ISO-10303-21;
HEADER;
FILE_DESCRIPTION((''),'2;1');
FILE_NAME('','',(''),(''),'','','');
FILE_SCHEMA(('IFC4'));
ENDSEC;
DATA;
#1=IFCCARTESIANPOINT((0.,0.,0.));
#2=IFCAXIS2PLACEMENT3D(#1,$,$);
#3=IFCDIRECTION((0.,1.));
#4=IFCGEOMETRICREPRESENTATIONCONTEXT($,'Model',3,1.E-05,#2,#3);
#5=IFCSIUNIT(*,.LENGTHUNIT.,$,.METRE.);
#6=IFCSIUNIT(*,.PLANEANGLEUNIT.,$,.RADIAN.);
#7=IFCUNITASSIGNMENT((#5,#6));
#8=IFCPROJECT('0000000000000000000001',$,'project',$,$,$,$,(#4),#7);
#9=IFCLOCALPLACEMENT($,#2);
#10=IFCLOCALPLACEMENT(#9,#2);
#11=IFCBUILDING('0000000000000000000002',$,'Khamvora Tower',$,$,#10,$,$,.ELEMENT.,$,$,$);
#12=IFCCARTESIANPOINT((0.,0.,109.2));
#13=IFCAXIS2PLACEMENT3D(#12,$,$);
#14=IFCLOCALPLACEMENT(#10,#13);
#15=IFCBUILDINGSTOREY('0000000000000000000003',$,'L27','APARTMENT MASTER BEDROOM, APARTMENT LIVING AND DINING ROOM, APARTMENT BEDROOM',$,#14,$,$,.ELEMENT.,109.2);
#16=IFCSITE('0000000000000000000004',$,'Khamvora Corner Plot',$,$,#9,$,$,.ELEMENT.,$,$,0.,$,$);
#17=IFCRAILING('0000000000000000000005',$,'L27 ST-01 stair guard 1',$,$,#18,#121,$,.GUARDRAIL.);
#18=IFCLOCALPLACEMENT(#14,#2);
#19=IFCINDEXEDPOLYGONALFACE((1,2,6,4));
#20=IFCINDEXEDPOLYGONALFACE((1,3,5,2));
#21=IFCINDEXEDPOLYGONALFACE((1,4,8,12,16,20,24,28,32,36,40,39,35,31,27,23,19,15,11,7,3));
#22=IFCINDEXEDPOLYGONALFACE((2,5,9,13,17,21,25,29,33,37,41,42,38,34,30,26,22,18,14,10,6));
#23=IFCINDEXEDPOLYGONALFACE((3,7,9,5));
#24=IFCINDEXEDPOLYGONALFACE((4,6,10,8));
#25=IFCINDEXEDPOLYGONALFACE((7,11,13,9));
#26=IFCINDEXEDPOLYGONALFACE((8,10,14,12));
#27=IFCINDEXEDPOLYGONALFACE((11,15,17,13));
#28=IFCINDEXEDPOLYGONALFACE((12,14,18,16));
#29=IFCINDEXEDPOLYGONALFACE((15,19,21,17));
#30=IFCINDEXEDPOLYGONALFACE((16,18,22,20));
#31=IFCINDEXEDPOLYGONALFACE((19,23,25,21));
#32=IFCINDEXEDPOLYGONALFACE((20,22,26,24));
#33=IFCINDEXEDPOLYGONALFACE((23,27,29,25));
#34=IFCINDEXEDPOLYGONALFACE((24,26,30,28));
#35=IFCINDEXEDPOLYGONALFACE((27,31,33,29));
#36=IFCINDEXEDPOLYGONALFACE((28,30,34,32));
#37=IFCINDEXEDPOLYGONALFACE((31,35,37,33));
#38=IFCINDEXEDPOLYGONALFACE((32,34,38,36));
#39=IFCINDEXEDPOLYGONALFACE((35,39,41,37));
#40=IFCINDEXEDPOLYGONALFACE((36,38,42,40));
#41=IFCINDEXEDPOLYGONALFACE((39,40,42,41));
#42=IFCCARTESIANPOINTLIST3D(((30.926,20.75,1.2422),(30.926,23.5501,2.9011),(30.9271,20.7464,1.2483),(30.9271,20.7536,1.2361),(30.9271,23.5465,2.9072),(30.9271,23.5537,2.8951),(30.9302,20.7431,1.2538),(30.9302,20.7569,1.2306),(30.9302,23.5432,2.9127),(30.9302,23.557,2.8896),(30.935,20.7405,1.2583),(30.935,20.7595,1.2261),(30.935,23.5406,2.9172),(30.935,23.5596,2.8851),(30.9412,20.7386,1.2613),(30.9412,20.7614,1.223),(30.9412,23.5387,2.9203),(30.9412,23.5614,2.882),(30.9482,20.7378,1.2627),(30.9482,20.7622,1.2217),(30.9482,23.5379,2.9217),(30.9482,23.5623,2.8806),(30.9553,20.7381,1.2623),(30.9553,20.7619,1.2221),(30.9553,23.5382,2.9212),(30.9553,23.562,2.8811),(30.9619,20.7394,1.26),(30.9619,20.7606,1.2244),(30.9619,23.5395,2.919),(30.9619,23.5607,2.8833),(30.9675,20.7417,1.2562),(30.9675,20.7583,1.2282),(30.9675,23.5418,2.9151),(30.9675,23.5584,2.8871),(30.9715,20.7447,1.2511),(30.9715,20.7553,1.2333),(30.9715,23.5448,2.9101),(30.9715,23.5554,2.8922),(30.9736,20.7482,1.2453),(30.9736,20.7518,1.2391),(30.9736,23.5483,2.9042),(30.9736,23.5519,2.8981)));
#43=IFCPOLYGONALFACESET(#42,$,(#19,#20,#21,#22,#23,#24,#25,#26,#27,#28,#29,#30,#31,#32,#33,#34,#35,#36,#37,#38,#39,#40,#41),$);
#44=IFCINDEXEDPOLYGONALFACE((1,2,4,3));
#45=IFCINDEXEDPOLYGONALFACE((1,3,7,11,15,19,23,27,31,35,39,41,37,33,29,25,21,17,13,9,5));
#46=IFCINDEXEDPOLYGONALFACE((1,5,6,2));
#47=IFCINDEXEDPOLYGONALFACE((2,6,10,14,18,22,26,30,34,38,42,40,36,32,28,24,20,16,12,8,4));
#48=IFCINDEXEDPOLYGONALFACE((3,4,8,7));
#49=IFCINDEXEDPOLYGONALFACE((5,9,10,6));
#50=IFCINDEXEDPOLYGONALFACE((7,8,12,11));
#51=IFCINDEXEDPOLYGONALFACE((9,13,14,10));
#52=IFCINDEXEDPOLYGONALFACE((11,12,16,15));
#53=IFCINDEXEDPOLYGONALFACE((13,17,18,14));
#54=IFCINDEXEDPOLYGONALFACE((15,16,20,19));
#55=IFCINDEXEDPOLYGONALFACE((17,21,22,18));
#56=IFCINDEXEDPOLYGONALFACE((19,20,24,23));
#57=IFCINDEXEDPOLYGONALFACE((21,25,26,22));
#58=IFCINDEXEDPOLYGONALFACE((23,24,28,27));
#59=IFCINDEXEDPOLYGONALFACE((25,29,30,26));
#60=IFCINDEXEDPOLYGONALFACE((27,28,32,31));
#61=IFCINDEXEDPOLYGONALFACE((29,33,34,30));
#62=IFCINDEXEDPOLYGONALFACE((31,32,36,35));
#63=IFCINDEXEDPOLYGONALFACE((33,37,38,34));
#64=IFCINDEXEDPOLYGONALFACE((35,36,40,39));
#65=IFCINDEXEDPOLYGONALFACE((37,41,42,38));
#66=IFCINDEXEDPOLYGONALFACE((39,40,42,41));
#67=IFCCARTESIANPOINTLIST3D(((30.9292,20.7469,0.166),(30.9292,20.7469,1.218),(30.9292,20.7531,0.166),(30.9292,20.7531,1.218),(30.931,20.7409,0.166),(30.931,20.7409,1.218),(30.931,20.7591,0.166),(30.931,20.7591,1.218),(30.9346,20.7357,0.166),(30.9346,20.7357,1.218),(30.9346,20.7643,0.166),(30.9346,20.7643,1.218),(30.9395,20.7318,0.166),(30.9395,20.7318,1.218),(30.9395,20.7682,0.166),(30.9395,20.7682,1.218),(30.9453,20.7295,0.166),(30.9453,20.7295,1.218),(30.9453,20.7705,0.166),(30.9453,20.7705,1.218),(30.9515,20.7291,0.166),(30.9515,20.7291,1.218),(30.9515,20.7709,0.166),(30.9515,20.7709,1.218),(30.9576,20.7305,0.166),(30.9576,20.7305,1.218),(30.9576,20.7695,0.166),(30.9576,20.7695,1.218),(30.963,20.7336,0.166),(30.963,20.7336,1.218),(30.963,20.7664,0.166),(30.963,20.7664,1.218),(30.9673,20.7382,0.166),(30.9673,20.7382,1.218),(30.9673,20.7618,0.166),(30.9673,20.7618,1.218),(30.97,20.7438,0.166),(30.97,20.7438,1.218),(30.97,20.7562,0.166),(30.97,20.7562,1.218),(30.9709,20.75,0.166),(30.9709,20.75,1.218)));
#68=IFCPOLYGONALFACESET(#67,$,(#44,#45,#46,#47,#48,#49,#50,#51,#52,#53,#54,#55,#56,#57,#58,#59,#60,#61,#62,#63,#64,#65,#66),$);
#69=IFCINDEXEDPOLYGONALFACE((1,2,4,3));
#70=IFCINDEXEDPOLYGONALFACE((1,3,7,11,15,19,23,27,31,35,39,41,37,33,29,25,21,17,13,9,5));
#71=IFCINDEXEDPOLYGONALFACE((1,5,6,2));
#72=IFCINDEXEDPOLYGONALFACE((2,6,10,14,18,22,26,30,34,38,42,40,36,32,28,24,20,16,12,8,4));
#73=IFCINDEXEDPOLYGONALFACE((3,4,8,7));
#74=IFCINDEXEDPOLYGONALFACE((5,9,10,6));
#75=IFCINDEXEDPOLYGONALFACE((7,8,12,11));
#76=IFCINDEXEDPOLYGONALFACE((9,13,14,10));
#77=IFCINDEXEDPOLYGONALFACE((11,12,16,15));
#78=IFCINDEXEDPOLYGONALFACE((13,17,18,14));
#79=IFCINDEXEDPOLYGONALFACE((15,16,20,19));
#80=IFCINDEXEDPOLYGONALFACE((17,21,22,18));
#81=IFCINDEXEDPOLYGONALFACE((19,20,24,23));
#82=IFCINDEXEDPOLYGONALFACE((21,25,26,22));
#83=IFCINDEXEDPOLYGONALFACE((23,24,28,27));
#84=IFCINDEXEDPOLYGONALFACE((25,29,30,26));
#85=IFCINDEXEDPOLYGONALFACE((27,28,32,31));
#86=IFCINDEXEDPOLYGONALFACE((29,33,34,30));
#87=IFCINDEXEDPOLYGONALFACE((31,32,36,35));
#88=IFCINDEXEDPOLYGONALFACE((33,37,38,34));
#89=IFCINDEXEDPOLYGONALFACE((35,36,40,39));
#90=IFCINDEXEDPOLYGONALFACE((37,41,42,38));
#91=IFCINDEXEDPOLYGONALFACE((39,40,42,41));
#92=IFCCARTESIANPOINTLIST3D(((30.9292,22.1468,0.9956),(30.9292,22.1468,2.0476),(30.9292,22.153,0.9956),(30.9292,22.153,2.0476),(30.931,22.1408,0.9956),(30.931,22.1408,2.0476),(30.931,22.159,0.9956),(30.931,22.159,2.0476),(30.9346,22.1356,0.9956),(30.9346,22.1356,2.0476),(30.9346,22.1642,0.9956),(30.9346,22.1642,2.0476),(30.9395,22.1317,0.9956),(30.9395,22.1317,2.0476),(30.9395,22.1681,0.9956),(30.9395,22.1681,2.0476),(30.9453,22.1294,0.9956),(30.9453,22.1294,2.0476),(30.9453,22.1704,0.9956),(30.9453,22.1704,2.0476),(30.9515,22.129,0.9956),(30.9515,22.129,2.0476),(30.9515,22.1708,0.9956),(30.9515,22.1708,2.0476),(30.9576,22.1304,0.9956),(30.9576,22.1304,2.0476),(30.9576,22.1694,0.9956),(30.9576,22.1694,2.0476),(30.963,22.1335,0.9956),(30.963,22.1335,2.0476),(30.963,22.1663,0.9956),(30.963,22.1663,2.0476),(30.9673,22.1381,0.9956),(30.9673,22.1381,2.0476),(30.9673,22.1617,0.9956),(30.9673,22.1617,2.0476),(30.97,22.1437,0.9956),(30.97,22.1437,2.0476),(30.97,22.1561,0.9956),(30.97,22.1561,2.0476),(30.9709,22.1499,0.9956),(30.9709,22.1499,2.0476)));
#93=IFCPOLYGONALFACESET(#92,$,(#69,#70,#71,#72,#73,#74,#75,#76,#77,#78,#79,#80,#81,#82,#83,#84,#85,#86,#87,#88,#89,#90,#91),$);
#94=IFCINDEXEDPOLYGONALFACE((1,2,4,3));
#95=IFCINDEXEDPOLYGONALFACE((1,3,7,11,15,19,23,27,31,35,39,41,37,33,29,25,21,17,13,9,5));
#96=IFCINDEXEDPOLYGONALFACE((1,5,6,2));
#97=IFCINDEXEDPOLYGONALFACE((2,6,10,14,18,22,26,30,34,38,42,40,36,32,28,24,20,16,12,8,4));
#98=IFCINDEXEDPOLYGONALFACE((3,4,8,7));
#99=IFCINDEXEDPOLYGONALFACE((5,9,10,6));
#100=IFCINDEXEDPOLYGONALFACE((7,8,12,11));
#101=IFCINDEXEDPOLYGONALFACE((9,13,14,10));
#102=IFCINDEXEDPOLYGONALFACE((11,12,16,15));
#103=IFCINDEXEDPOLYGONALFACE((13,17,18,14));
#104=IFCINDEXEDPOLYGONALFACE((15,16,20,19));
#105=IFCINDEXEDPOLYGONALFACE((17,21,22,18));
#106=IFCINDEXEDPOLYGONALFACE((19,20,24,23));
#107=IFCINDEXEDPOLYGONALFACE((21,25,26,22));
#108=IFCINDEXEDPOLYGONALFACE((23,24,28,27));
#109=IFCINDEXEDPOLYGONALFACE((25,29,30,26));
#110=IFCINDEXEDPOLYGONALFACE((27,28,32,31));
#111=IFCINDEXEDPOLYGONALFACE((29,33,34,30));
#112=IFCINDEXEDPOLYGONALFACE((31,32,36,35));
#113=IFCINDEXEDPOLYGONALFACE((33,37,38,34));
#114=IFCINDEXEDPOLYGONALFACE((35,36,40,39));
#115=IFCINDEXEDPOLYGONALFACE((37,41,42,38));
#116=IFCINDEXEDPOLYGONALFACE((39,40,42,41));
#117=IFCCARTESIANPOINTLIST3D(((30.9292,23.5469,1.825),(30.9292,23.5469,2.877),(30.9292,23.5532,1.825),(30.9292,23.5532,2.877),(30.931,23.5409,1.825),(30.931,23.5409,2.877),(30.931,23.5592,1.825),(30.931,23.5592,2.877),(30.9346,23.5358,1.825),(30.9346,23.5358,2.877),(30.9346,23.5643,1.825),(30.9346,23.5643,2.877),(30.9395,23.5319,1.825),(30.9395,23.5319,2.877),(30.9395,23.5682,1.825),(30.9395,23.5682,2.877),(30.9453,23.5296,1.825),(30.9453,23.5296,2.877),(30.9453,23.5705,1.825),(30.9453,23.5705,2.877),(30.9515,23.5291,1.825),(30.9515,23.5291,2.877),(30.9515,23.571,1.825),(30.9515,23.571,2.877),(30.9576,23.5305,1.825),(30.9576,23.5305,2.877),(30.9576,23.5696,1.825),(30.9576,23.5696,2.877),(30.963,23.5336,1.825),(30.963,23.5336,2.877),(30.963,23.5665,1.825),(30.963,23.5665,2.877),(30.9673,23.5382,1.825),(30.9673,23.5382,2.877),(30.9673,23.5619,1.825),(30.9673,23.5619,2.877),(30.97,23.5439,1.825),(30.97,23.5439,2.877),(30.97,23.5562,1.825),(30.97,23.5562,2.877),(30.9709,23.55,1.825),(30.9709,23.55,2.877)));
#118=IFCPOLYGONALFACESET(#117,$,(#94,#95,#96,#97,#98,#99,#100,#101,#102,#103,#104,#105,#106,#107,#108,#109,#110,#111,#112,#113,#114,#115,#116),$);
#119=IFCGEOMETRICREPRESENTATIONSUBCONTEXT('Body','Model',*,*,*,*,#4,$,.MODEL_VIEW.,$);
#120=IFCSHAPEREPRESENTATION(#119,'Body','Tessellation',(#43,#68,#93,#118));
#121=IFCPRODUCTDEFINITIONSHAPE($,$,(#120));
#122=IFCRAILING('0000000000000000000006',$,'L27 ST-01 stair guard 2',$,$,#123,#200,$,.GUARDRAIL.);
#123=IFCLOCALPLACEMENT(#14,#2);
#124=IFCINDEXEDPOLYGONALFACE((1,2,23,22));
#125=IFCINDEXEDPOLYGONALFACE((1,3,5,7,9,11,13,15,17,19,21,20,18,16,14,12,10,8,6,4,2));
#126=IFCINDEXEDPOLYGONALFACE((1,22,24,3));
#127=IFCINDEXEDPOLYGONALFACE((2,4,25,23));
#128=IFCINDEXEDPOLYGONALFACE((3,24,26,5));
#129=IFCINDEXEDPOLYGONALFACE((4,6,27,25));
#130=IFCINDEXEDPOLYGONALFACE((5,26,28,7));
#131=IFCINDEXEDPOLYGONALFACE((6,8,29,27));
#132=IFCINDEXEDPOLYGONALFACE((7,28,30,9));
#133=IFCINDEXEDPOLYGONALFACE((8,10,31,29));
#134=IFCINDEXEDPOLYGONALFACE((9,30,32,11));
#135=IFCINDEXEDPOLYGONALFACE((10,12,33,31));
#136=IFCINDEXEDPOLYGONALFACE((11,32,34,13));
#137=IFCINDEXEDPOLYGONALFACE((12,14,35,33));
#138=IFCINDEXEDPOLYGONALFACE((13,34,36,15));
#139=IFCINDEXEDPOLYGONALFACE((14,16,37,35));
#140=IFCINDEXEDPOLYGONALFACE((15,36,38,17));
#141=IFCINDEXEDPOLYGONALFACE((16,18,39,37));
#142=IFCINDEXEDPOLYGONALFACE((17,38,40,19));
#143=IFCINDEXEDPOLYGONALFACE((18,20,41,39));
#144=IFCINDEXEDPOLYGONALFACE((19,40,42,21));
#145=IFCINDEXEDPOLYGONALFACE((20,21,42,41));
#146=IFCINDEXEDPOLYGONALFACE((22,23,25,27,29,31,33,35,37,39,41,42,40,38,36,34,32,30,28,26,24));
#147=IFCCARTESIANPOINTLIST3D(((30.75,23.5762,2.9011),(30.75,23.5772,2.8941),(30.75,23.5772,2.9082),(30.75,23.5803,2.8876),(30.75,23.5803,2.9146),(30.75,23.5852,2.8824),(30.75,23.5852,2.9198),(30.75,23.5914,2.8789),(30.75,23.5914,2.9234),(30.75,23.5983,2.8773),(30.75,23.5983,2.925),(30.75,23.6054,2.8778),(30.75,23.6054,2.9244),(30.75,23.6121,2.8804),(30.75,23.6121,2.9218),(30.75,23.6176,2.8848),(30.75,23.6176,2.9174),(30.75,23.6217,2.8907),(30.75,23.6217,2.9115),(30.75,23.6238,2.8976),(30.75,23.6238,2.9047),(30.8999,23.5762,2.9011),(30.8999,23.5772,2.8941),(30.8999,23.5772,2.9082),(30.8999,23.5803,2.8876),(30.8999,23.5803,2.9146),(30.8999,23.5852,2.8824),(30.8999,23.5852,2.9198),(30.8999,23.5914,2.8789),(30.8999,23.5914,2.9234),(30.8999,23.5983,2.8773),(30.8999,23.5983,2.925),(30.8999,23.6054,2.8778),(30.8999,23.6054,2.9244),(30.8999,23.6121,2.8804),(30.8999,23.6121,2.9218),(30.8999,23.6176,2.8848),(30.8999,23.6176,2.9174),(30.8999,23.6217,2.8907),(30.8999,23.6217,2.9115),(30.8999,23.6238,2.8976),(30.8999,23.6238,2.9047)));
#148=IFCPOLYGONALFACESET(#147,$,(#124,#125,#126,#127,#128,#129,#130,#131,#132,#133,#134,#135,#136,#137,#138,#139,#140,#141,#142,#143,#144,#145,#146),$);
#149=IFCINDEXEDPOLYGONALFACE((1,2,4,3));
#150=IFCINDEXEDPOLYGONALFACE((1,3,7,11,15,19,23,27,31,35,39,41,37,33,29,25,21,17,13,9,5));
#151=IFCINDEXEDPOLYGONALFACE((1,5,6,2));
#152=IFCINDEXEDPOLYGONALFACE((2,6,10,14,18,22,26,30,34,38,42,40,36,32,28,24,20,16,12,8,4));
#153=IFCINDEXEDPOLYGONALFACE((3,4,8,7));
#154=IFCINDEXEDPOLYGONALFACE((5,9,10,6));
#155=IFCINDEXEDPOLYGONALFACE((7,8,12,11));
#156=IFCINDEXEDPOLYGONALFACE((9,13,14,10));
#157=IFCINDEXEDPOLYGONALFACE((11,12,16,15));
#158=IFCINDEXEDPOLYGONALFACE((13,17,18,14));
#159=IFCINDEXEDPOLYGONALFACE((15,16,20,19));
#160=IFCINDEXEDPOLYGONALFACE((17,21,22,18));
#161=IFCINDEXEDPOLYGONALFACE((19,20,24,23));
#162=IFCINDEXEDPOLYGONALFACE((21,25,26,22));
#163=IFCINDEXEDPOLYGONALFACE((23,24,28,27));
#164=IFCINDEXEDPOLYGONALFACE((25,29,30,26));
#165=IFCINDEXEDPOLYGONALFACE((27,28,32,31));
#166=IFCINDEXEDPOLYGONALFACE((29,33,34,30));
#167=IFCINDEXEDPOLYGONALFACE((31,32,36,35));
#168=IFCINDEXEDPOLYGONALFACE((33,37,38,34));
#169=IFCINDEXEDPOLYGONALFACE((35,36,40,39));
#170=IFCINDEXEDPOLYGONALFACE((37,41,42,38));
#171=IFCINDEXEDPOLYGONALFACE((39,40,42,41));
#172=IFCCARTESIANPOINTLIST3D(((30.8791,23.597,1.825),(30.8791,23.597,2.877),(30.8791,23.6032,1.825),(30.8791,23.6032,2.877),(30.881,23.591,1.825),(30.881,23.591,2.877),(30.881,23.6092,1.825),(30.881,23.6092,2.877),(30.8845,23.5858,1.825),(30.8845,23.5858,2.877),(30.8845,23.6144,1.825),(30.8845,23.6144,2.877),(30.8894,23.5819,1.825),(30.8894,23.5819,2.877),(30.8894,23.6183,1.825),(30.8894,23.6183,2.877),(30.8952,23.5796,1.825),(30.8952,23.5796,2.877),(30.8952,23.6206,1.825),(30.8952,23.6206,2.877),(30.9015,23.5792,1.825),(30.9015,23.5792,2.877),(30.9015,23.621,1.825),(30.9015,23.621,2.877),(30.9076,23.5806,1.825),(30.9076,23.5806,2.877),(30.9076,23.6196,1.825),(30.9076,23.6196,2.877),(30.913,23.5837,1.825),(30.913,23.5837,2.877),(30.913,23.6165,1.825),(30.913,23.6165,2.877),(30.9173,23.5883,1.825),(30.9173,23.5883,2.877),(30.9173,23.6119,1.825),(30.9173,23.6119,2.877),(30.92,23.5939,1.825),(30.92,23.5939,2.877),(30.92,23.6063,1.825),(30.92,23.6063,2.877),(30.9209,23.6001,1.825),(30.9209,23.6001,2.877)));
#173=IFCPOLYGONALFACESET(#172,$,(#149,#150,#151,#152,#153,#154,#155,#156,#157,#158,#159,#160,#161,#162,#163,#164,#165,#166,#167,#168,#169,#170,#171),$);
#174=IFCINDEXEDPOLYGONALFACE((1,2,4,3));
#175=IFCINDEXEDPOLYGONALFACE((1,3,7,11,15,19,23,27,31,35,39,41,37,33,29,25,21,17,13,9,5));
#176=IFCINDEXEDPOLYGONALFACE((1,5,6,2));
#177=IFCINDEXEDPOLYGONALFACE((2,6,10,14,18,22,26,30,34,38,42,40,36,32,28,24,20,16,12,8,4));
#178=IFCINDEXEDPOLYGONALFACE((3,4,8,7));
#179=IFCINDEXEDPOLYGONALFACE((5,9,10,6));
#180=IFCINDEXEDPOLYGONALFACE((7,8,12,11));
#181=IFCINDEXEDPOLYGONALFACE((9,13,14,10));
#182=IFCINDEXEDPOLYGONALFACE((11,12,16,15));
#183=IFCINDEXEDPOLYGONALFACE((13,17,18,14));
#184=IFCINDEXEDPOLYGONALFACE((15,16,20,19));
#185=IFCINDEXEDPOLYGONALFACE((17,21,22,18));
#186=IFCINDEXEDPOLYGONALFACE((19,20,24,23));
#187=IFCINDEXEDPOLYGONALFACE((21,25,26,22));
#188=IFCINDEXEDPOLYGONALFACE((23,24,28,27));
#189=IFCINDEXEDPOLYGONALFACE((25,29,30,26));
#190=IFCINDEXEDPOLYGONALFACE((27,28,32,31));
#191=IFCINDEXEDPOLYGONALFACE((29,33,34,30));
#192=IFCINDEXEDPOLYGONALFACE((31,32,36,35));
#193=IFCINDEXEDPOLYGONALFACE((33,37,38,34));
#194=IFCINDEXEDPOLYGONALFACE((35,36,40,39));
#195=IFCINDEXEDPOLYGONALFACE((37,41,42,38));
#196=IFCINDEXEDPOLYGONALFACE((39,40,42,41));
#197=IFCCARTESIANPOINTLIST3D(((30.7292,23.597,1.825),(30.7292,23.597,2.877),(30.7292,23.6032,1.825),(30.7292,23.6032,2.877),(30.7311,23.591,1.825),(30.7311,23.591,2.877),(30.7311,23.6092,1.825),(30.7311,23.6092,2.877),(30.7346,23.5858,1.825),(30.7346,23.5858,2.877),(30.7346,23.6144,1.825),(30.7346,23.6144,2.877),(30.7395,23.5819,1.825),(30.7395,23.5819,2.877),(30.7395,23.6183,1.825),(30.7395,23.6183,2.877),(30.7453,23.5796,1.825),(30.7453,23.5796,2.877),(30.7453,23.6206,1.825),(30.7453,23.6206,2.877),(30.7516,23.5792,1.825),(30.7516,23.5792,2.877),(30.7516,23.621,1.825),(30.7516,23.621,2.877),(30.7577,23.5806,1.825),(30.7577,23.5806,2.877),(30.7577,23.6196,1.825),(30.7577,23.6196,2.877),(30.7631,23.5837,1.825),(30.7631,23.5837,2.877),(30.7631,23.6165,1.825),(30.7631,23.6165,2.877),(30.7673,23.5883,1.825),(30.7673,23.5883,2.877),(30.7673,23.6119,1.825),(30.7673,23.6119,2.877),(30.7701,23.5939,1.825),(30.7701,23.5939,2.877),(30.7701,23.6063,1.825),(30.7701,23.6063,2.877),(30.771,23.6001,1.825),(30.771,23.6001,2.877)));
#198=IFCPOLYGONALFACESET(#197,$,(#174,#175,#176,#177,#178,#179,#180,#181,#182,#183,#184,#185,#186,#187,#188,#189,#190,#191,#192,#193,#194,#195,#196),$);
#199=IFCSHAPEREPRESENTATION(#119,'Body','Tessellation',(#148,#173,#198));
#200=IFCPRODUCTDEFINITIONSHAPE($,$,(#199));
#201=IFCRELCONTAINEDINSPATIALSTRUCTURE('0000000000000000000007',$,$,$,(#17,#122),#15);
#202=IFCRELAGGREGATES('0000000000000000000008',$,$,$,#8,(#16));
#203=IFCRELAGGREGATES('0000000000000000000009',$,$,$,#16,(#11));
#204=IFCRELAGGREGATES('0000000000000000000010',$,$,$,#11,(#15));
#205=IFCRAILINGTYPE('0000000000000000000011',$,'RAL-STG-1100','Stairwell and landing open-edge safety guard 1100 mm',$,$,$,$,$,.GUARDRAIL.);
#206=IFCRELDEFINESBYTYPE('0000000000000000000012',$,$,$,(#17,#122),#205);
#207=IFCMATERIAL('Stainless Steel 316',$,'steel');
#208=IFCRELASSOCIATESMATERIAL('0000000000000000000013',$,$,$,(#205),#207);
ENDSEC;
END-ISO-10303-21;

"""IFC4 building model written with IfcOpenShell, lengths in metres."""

from ifc_helpers import new_model, si_unit, direction, frame, origin, origin_2d, place, context, subcontext, project, spatial, circle, extrude, material, type_object, element, save


model = new_model("IFC4")

# Units and contexts
model_context = context("Model", 3, precision=1e-05, world=origin(), true_north=direction((0.0, 1.0)))
body_context = subcontext(model_context, "Body", "Model", "MODEL_VIEW")
ifc_project = project(units=[si_unit("LENGTHUNIT", "METRE"), si_unit("PLANEANGLEUNIT", "RADIAN")], contexts=[model_context])

# Site, building, storey
site_placement = place(None, origin())
site = spatial("IfcSite", under=ifc_project, at=site_placement, Name="Khamvora Corner Plot", CompositionType="ELEMENT", RefElevation=0.0)
building_placement = place(site_placement, origin())
building = spatial("IfcBuilding", under=site, at=building_placement, Name="Khamvora Tower", CompositionType="ELEMENT")
storey_placement = place(building_placement, frame((0.0, 0.0, 109.2)))
storey = spatial("IfcBuildingStorey", under=building, at=storey_placement, Name="L27", Description="APARTMENT MASTER BEDROOM, APARTMENT LIVING AND DINING ROOM, APARTMENT BEDROOM", CompositionType="ELEMENT", Elevation=109.2)

# Railings
ifc_material_1 = material(Name="Stainless Steel 316", Category="steel")
railing_type_1 = type_object("IfcRailingType", Name="RAL-STG-1100", Description="Stairwell and landing open-edge safety guard 1100 mm", PredefinedType="GUARDRAIL", material=ifc_material_1)
railing_1_placement = place(storey_placement, frame((30.95, 20.75, 0.166)))
element("IfcRailing", 1, at=railing_1_placement, inside=storey, type_object=railing_type_1, Name="L27 ST-01 stair guard 1", PredefinedType="GUARDRAIL", context=body_context, shape_type="SweptSolid", body=[
    extrude(circle(Radius=0.0239, at=origin_2d()), frame((0.0, 0.0, 1.0762), z_axis=(0.0, 0.860339, 0.509722), x_axis=(-1.0, 0.0, 0.0)), (0.0, 0.0, 1.0), 3.2546),
    extrude(circle(Radius=0.021, at=origin_2d()), origin(), (0.0, 0.0, 1.0), 1.052),
    extrude(circle(Radius=0.021, at=origin_2d()), frame((0.0, 1.3999, 0.8296)), (0.0, 0.0, 1.0), 1.052),
    extrude(circle(Radius=0.021, at=origin_2d()), frame((0.0, 2.8, 1.6589)), (0.0, 0.0, 1.0), 1.052),
])
railing_2_placement = place(storey_placement, frame((30.8999, 23.6001, 1.825)))
element("IfcRailing", 2, at=railing_2_placement, inside=storey, type_object=railing_type_1, Name="L27 ST-01 stair guard 2", PredefinedType="GUARDRAIL", context=body_context, shape_type="SweptSolid", body=[
    extrude(circle(Radius=0.0239, at=origin_2d()), frame((0.0, 0.0, 1.0762), z_axis=(-1.0, 0.0, 0.0), x_axis=(0.0, -1.0, 0.0)), (0.0, 0.0, 1.0), 0.1499),
    extrude(circle(Radius=0.021, at=origin_2d()), origin(), (0.0, 0.0, 1.0), 1.052),
    extrude(circle(Radius=0.021, at=origin_2d()), frame((-0.1499, 0.0, 0.0)), (0.0, 0.0, 1.0), 1.052),
])

save(model, "model.ifc")
